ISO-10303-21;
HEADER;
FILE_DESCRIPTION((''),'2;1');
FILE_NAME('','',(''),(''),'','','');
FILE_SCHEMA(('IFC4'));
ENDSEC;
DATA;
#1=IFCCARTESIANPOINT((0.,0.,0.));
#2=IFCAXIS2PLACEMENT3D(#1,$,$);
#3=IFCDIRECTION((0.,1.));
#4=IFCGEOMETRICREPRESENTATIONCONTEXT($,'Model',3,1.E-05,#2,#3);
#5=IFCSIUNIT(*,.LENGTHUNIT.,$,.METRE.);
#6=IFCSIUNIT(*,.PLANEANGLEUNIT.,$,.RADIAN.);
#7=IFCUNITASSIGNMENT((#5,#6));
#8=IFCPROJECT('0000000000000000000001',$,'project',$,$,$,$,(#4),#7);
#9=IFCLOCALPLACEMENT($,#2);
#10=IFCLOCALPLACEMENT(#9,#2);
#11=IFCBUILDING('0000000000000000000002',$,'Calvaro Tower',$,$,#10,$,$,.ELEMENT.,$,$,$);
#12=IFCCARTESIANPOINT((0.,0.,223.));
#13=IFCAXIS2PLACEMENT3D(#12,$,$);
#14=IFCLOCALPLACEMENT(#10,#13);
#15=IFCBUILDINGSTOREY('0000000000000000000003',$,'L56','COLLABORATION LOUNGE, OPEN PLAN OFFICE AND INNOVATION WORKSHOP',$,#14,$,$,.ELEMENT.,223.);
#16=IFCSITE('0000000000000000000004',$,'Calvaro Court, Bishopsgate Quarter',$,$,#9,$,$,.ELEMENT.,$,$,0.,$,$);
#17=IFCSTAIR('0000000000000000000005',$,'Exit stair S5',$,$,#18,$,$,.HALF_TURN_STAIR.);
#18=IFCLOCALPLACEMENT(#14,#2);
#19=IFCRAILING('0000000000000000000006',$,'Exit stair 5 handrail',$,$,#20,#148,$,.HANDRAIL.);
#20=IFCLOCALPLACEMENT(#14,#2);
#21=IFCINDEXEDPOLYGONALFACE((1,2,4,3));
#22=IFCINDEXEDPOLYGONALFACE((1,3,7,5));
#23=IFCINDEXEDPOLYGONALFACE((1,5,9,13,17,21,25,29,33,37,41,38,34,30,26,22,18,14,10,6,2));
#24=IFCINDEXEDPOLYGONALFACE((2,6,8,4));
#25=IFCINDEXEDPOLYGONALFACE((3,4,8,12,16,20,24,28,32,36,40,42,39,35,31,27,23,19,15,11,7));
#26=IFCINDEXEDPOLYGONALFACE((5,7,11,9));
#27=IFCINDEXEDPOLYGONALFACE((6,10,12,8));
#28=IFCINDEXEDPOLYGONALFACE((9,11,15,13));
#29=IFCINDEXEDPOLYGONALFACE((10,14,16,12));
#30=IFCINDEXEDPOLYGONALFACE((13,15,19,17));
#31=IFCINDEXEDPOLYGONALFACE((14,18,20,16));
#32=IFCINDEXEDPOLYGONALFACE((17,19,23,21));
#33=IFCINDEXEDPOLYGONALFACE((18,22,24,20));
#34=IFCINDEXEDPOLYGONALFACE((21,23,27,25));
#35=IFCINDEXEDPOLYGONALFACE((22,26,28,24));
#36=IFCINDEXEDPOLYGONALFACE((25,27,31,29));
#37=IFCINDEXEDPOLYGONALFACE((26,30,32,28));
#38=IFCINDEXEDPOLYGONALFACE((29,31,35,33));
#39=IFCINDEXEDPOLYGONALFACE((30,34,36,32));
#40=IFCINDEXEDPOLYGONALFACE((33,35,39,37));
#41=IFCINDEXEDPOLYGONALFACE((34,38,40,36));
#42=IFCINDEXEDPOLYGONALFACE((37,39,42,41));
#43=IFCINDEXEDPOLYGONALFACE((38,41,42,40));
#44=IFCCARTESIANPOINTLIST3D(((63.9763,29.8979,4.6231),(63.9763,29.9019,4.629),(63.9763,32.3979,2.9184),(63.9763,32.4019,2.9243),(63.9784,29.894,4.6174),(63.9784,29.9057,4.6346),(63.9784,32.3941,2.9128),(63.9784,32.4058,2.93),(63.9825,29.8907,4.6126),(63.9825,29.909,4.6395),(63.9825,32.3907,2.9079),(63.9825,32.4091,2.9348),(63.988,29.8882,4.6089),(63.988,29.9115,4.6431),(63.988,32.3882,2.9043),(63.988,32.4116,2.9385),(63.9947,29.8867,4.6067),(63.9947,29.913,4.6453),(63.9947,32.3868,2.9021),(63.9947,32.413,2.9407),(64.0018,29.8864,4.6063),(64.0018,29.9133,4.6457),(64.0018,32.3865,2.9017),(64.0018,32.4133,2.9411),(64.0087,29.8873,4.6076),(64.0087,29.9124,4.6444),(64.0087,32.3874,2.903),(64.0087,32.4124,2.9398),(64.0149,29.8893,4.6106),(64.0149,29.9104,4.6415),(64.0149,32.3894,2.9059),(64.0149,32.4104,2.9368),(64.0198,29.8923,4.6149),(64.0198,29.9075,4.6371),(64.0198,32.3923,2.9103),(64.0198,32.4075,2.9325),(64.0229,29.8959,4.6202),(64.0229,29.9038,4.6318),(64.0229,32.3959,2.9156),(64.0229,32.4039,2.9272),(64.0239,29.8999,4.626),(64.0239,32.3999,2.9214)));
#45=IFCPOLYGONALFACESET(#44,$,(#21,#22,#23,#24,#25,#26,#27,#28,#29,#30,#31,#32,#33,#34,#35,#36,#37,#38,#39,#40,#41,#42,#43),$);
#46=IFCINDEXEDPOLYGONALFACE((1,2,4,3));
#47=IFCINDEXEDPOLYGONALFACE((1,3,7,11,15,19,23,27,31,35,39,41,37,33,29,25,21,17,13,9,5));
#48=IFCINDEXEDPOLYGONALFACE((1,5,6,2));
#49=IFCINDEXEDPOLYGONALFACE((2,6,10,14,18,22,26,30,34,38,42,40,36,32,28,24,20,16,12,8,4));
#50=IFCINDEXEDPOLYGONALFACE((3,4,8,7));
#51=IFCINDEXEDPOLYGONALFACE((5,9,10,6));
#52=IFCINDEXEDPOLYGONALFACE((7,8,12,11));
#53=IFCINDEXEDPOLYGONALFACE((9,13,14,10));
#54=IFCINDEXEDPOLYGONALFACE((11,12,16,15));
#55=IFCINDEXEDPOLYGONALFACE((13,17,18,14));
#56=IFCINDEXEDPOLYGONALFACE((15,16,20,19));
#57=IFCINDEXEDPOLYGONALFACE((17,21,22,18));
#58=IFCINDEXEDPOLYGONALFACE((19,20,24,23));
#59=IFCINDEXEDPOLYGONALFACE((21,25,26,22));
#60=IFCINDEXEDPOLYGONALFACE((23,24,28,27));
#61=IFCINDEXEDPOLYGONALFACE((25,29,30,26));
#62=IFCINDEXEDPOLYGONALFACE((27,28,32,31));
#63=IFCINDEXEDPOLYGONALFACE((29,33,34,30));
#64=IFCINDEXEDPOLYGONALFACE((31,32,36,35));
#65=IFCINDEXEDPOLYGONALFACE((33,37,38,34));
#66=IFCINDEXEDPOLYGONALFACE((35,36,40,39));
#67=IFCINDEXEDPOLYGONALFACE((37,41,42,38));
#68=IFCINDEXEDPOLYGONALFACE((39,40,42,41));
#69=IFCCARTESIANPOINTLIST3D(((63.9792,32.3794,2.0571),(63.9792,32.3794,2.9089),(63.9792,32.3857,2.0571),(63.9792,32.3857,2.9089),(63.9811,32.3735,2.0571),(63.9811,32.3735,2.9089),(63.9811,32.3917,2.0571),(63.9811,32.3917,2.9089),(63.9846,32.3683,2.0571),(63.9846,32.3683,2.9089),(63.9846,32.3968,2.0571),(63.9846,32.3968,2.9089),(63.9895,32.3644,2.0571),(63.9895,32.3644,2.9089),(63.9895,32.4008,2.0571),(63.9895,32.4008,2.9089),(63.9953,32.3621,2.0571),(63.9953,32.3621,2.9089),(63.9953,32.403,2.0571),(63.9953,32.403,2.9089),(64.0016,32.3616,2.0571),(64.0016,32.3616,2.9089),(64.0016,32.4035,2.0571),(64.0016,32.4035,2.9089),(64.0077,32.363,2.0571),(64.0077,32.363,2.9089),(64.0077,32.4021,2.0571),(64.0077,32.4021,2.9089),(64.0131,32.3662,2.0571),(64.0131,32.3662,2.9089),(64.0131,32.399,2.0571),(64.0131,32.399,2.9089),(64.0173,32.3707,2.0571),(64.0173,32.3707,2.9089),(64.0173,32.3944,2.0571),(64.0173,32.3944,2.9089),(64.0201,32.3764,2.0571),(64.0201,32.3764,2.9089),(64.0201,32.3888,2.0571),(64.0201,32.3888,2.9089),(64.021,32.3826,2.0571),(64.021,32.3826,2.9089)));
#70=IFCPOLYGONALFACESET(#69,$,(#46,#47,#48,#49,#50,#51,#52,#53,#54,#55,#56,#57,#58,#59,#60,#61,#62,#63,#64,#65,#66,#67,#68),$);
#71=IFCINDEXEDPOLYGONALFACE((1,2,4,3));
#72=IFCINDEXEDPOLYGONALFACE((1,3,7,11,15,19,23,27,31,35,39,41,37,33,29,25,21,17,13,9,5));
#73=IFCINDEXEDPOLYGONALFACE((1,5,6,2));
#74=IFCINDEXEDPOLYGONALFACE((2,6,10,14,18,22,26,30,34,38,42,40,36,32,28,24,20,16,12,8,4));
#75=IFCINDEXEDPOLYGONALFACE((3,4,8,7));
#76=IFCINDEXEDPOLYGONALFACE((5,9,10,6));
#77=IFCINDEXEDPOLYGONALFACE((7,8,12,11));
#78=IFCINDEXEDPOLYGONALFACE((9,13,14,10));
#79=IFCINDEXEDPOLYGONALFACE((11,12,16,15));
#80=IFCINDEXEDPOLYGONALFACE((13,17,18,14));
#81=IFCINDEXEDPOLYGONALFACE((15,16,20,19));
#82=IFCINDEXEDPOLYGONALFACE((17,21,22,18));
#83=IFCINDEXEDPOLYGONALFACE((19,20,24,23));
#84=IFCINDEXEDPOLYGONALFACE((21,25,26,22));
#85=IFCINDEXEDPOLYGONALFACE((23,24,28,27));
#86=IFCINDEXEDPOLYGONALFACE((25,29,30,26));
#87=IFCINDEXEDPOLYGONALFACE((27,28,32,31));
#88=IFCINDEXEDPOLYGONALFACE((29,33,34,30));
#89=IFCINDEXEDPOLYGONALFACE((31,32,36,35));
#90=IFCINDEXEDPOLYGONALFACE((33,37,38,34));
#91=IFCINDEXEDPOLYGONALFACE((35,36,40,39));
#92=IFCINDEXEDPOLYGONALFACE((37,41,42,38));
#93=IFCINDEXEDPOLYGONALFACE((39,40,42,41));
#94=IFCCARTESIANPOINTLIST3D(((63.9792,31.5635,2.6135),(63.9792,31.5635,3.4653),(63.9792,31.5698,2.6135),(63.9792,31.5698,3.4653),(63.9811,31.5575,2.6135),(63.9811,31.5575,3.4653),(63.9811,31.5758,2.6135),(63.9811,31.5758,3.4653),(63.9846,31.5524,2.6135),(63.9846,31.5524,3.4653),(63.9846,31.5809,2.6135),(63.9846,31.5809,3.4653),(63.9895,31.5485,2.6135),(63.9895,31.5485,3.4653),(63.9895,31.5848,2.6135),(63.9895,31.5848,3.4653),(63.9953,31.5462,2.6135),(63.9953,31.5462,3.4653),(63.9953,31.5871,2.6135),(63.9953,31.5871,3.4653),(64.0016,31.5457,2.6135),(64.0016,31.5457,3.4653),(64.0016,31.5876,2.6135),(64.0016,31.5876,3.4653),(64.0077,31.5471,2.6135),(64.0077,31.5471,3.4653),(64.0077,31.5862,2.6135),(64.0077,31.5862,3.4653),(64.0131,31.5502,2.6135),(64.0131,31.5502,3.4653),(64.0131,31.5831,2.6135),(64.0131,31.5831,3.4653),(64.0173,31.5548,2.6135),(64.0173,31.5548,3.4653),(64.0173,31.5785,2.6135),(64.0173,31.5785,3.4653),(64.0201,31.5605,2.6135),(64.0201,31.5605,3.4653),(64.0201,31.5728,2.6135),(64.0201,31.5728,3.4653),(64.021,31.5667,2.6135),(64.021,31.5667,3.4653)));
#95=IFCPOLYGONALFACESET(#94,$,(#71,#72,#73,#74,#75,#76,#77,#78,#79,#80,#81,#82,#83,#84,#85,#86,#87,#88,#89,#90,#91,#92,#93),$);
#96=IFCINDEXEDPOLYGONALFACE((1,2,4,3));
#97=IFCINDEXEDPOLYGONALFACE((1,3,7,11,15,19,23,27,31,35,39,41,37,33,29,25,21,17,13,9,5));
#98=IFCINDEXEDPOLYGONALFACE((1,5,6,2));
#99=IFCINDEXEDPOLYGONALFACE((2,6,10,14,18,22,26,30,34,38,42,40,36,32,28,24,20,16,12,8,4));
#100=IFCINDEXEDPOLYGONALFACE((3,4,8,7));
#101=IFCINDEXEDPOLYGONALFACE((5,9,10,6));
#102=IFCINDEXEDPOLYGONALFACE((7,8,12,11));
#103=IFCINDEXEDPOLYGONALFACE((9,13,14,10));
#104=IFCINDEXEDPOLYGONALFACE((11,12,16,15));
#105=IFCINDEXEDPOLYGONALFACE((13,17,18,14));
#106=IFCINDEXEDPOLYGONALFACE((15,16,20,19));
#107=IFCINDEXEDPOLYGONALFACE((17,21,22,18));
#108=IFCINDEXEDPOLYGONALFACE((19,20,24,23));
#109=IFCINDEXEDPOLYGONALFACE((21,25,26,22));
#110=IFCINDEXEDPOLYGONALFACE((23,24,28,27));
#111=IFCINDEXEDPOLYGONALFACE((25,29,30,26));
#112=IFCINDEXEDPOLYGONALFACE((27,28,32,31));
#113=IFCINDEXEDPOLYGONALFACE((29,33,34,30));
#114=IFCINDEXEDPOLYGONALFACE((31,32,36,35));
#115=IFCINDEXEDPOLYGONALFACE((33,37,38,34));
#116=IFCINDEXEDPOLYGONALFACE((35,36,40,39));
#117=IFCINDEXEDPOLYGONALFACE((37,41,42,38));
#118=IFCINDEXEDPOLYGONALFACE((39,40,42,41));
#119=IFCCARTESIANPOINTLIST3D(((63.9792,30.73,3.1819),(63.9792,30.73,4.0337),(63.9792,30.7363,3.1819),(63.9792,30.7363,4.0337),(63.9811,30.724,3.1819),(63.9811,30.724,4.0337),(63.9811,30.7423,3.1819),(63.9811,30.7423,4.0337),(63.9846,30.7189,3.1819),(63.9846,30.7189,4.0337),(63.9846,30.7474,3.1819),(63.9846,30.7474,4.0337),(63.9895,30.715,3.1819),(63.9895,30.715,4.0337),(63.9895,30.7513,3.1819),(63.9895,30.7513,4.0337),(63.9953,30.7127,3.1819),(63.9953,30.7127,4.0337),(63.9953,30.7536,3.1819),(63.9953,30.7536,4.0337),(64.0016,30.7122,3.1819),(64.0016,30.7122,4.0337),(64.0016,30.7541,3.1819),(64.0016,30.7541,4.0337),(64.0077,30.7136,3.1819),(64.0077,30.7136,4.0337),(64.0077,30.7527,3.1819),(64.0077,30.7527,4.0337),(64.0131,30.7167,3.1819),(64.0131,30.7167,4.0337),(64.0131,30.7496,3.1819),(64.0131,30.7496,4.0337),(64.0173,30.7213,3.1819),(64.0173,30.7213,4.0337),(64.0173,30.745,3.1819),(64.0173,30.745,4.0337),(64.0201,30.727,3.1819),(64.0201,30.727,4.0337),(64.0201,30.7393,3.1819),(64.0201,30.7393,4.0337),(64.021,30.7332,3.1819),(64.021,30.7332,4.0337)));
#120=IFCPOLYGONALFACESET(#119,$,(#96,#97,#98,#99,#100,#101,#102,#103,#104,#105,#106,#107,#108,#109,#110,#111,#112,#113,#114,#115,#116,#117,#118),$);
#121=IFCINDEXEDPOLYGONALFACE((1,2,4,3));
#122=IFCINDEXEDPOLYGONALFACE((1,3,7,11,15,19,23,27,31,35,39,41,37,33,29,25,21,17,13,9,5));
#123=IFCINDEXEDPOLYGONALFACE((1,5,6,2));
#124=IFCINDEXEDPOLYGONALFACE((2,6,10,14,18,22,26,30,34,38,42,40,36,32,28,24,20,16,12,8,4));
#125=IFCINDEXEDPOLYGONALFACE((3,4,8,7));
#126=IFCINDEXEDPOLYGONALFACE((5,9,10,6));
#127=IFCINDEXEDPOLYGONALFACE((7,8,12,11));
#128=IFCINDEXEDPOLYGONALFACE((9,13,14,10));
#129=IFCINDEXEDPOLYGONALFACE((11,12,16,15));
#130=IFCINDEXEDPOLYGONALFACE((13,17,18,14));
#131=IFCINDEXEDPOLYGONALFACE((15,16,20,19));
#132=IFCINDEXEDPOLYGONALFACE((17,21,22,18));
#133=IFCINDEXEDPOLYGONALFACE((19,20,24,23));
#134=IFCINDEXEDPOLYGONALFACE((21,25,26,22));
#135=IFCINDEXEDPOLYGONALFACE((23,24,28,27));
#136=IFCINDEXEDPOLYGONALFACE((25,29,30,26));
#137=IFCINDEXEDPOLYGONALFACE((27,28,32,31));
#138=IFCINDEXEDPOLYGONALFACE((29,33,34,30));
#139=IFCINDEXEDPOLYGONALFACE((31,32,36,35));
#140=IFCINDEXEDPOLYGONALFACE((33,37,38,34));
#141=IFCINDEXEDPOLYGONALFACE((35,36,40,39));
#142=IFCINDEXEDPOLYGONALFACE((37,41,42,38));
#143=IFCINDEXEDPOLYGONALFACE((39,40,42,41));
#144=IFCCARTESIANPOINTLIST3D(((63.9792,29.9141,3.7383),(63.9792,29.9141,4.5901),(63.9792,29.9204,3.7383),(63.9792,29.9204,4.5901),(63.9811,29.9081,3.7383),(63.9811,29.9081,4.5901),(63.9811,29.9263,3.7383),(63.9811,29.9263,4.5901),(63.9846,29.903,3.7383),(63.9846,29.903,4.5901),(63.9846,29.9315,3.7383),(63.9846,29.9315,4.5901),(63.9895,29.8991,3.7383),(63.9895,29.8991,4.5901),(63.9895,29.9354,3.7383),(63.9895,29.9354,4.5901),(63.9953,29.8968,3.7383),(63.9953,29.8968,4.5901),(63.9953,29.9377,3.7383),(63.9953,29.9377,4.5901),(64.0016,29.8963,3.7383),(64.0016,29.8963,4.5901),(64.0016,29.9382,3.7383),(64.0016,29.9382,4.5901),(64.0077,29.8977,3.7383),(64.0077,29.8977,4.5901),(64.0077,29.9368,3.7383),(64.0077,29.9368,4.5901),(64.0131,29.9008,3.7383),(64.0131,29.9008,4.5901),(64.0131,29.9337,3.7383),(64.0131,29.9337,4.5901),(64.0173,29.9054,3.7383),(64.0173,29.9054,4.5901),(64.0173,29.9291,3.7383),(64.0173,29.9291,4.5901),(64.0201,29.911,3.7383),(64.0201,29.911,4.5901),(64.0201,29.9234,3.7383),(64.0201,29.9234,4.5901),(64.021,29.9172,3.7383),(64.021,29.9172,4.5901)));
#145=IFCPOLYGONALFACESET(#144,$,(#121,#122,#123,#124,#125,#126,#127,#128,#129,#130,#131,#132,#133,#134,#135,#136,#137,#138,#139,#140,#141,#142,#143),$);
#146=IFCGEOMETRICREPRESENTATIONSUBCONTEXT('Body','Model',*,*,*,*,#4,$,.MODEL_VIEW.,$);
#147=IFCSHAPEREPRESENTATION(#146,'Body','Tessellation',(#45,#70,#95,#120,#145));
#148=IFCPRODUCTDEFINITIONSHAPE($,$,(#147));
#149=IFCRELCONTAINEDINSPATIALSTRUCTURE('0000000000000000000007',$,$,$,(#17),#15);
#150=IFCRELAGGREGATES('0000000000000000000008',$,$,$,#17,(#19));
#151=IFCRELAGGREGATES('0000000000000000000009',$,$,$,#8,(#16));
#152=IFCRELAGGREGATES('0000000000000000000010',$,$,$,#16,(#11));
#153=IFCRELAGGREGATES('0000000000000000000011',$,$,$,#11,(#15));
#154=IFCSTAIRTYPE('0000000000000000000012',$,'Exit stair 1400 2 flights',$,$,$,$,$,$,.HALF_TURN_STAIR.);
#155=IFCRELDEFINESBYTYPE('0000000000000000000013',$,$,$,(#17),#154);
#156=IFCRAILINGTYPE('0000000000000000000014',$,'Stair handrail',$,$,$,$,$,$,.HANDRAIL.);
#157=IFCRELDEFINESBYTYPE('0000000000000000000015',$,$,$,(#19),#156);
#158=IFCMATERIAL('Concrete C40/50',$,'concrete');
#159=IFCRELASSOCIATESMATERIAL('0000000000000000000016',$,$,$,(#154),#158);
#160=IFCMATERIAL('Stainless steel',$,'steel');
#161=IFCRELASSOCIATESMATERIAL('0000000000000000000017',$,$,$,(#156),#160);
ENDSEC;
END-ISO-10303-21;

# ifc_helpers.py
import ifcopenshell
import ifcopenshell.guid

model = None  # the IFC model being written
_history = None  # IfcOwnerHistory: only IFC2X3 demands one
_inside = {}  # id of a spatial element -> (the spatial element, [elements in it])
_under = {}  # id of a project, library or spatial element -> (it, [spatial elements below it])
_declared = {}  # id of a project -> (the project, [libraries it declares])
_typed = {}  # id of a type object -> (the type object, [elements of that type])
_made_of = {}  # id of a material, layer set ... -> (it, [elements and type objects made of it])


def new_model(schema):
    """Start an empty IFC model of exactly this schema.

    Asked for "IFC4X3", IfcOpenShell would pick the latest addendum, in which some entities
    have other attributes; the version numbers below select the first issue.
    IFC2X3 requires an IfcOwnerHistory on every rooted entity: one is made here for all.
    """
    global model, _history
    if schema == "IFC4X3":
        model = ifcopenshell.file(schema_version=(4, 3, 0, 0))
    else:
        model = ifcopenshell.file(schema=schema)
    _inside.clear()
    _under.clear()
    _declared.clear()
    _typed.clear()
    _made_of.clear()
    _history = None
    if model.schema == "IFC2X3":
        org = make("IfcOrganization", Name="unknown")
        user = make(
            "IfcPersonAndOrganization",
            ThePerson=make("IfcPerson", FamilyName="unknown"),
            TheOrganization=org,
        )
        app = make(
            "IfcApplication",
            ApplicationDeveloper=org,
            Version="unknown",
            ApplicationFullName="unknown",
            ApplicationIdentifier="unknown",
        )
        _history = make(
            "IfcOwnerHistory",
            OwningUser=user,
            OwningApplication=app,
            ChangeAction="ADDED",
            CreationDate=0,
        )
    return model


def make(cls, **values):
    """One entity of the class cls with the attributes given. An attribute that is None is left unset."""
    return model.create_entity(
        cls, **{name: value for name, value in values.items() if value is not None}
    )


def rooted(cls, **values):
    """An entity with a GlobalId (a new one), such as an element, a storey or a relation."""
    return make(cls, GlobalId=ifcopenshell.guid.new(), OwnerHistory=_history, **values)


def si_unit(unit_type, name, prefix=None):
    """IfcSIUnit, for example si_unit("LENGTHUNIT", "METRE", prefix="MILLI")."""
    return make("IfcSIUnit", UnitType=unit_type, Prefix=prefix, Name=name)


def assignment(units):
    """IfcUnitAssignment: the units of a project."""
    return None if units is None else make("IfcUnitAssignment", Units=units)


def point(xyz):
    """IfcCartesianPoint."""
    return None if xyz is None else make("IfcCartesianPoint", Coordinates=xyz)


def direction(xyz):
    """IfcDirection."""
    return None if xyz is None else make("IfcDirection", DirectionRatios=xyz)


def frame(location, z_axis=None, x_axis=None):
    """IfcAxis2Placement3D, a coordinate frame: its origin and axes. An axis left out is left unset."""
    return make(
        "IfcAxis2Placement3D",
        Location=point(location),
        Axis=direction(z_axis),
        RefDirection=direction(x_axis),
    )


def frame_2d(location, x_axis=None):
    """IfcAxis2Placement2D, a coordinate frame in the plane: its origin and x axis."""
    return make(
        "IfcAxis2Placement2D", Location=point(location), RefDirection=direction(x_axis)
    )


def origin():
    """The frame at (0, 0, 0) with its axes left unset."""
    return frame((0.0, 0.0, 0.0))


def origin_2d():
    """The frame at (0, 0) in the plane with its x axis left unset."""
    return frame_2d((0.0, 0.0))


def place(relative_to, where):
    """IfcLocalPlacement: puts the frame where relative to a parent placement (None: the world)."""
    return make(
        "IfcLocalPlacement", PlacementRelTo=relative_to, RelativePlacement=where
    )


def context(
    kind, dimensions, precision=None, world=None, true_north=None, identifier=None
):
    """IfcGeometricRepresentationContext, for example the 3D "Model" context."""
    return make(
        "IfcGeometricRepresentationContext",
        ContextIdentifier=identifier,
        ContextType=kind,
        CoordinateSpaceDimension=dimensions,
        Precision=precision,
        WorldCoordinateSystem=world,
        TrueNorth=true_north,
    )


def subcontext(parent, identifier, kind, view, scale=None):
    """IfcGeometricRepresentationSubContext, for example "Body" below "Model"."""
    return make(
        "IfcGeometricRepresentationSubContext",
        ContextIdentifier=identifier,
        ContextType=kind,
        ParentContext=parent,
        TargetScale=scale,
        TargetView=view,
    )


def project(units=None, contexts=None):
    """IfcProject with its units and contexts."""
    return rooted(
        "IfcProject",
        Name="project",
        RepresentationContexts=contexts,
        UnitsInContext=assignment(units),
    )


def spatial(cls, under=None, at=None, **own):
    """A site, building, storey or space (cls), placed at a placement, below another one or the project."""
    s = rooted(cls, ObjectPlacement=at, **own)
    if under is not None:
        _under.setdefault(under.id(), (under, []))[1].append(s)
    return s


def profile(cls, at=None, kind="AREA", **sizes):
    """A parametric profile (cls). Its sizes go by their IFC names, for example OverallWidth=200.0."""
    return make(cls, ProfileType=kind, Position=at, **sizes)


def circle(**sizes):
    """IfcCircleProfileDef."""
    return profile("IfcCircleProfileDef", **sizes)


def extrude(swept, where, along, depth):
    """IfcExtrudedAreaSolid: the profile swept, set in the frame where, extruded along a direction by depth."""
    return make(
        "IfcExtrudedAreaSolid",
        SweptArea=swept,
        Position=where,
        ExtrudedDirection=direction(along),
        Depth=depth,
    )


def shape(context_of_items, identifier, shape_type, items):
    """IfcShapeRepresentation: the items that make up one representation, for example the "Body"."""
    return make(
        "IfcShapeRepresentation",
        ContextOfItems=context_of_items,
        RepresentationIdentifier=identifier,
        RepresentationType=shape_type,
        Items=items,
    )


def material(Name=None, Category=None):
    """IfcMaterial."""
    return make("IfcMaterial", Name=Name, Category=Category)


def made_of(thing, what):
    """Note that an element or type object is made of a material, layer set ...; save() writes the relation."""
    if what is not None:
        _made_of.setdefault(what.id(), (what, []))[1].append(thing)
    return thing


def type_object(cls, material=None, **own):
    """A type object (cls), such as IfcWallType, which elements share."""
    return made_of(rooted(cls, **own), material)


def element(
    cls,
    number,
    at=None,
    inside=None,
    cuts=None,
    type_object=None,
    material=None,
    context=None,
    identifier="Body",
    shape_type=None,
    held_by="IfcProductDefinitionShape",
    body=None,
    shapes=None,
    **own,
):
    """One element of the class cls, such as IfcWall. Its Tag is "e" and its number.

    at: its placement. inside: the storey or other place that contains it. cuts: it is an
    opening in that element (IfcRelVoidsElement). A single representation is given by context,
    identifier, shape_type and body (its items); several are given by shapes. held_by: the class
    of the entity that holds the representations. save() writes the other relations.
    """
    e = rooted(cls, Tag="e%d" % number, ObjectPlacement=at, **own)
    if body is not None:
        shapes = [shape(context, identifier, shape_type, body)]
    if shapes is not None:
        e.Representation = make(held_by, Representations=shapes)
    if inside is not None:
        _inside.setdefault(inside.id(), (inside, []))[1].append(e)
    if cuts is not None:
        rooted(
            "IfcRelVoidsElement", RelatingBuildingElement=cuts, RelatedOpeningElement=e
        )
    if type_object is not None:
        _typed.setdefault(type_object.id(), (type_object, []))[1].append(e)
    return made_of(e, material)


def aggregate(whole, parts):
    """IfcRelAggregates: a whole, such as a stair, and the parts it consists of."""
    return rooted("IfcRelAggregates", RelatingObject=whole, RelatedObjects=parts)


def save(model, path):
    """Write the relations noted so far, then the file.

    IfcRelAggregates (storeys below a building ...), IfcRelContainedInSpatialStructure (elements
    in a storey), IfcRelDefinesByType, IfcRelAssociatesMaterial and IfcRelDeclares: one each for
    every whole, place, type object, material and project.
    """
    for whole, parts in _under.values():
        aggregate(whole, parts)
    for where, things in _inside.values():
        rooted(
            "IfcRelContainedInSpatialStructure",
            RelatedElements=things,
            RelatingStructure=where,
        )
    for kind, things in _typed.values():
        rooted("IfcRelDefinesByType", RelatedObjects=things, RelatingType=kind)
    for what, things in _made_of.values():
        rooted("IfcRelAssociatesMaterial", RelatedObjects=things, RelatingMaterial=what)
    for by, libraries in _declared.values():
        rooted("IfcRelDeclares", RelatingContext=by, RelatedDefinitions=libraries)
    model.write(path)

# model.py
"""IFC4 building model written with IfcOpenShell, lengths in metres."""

from ifc_helpers import new_model, si_unit, direction, frame, origin, origin_2d, place, context, subcontext, project, spatial, circle, extrude, material, type_object, element, aggregate, save


model = new_model("IFC4")

# Units and contexts
model_context = context("Model", 3, precision=1e-05, world=origin(), true_north=direction((0.0, 1.0)))
body_context = subcontext(model_context, "Body", "Model", "MODEL_VIEW")
ifc_project = project(units=[si_unit("LENGTHUNIT", "METRE"), si_unit("PLANEANGLEUNIT", "RADIAN")], contexts=[model_context])

# Site, building, storey
site_placement = place(None, origin())
site = spatial("IfcSite", under=ifc_project, at=site_placement, Name="Calvaro Court, Bishopsgate Quarter", CompositionType="ELEMENT", RefElevation=0.0)
building_placement = place(site_placement, origin())
building = spatial("IfcBuilding", under=site, at=building_placement, Name="Calvaro Tower", CompositionType="ELEMENT")
storey_placement = place(building_placement, frame((0.0, 0.0, 223.0)))
storey = spatial("IfcBuildingStorey", under=building, at=storey_placement, Name="L56", Description="COLLABORATION LOUNGE, OPEN PLAN OFFICE AND INNOVATION WORKSHOP", CompositionType="ELEMENT", Elevation=223.0)

# Stair, railing
ifc_material_1 = material(Name="Concrete C40/50", Category="concrete")
stair_type = type_object("IfcStairType", Name="Exit stair 1400 2 flights", PredefinedType="HALF_TURN_STAIR", material=ifc_material_1)
stair_placement = place(storey_placement, origin())
stair = element("IfcStair", 1, at=stair_placement, inside=storey, type_object=stair_type, Name="Exit stair S5", PredefinedType="HALF_TURN_STAIR")
ifc_material_2 = material(Name="Stainless steel", Category="steel")
railing_type = type_object("IfcRailingType", Name="Stair handrail", PredefinedType="HANDRAIL", material=ifc_material_2)
railing_1_placement = place(storey_placement, frame((64.0, 32.3999, 2.0454)))
railing_1 = element("IfcRailing", 2, at=railing_1_placement, type_object=railing_type, Name="Exit stair 5 handrail", PredefinedType="HANDRAIL", context=body_context, shape_type="SweptSolid", body=[
    extrude(circle(Radius=0.0239, at=origin_2d()), frame((0.0, 0.0, 0.876), z_axis=(0.0, -0.826221, 0.563347), x_axis=(1.0, 0.0, 0.0)), (0.0, 0.0, 1.0), 3.0259),
    extrude(circle(Radius=0.021, at=origin_2d()), frame((0.0, -0.0173, 0.0117)), (0.0, 0.0, 1.0), 0.8518),
    extrude(circle(Radius=0.021, at=origin_2d()), frame((0.0, -0.8333, 0.5681)), (0.0, 0.0, 1.0), 0.8518),
    extrude(circle(Radius=0.021, at=origin_2d()), frame((0.0, -1.6667, 1.1365)), (0.0, 0.0, 1.0), 0.8518),
    extrude(circle(Radius=0.021, at=origin_2d()), frame((0.0, -2.4827, 1.6929)), (0.0, 0.0, 1.0), 0.8518),
])
aggregate(stair, [railing_1])

save(model, "model.ifc")
